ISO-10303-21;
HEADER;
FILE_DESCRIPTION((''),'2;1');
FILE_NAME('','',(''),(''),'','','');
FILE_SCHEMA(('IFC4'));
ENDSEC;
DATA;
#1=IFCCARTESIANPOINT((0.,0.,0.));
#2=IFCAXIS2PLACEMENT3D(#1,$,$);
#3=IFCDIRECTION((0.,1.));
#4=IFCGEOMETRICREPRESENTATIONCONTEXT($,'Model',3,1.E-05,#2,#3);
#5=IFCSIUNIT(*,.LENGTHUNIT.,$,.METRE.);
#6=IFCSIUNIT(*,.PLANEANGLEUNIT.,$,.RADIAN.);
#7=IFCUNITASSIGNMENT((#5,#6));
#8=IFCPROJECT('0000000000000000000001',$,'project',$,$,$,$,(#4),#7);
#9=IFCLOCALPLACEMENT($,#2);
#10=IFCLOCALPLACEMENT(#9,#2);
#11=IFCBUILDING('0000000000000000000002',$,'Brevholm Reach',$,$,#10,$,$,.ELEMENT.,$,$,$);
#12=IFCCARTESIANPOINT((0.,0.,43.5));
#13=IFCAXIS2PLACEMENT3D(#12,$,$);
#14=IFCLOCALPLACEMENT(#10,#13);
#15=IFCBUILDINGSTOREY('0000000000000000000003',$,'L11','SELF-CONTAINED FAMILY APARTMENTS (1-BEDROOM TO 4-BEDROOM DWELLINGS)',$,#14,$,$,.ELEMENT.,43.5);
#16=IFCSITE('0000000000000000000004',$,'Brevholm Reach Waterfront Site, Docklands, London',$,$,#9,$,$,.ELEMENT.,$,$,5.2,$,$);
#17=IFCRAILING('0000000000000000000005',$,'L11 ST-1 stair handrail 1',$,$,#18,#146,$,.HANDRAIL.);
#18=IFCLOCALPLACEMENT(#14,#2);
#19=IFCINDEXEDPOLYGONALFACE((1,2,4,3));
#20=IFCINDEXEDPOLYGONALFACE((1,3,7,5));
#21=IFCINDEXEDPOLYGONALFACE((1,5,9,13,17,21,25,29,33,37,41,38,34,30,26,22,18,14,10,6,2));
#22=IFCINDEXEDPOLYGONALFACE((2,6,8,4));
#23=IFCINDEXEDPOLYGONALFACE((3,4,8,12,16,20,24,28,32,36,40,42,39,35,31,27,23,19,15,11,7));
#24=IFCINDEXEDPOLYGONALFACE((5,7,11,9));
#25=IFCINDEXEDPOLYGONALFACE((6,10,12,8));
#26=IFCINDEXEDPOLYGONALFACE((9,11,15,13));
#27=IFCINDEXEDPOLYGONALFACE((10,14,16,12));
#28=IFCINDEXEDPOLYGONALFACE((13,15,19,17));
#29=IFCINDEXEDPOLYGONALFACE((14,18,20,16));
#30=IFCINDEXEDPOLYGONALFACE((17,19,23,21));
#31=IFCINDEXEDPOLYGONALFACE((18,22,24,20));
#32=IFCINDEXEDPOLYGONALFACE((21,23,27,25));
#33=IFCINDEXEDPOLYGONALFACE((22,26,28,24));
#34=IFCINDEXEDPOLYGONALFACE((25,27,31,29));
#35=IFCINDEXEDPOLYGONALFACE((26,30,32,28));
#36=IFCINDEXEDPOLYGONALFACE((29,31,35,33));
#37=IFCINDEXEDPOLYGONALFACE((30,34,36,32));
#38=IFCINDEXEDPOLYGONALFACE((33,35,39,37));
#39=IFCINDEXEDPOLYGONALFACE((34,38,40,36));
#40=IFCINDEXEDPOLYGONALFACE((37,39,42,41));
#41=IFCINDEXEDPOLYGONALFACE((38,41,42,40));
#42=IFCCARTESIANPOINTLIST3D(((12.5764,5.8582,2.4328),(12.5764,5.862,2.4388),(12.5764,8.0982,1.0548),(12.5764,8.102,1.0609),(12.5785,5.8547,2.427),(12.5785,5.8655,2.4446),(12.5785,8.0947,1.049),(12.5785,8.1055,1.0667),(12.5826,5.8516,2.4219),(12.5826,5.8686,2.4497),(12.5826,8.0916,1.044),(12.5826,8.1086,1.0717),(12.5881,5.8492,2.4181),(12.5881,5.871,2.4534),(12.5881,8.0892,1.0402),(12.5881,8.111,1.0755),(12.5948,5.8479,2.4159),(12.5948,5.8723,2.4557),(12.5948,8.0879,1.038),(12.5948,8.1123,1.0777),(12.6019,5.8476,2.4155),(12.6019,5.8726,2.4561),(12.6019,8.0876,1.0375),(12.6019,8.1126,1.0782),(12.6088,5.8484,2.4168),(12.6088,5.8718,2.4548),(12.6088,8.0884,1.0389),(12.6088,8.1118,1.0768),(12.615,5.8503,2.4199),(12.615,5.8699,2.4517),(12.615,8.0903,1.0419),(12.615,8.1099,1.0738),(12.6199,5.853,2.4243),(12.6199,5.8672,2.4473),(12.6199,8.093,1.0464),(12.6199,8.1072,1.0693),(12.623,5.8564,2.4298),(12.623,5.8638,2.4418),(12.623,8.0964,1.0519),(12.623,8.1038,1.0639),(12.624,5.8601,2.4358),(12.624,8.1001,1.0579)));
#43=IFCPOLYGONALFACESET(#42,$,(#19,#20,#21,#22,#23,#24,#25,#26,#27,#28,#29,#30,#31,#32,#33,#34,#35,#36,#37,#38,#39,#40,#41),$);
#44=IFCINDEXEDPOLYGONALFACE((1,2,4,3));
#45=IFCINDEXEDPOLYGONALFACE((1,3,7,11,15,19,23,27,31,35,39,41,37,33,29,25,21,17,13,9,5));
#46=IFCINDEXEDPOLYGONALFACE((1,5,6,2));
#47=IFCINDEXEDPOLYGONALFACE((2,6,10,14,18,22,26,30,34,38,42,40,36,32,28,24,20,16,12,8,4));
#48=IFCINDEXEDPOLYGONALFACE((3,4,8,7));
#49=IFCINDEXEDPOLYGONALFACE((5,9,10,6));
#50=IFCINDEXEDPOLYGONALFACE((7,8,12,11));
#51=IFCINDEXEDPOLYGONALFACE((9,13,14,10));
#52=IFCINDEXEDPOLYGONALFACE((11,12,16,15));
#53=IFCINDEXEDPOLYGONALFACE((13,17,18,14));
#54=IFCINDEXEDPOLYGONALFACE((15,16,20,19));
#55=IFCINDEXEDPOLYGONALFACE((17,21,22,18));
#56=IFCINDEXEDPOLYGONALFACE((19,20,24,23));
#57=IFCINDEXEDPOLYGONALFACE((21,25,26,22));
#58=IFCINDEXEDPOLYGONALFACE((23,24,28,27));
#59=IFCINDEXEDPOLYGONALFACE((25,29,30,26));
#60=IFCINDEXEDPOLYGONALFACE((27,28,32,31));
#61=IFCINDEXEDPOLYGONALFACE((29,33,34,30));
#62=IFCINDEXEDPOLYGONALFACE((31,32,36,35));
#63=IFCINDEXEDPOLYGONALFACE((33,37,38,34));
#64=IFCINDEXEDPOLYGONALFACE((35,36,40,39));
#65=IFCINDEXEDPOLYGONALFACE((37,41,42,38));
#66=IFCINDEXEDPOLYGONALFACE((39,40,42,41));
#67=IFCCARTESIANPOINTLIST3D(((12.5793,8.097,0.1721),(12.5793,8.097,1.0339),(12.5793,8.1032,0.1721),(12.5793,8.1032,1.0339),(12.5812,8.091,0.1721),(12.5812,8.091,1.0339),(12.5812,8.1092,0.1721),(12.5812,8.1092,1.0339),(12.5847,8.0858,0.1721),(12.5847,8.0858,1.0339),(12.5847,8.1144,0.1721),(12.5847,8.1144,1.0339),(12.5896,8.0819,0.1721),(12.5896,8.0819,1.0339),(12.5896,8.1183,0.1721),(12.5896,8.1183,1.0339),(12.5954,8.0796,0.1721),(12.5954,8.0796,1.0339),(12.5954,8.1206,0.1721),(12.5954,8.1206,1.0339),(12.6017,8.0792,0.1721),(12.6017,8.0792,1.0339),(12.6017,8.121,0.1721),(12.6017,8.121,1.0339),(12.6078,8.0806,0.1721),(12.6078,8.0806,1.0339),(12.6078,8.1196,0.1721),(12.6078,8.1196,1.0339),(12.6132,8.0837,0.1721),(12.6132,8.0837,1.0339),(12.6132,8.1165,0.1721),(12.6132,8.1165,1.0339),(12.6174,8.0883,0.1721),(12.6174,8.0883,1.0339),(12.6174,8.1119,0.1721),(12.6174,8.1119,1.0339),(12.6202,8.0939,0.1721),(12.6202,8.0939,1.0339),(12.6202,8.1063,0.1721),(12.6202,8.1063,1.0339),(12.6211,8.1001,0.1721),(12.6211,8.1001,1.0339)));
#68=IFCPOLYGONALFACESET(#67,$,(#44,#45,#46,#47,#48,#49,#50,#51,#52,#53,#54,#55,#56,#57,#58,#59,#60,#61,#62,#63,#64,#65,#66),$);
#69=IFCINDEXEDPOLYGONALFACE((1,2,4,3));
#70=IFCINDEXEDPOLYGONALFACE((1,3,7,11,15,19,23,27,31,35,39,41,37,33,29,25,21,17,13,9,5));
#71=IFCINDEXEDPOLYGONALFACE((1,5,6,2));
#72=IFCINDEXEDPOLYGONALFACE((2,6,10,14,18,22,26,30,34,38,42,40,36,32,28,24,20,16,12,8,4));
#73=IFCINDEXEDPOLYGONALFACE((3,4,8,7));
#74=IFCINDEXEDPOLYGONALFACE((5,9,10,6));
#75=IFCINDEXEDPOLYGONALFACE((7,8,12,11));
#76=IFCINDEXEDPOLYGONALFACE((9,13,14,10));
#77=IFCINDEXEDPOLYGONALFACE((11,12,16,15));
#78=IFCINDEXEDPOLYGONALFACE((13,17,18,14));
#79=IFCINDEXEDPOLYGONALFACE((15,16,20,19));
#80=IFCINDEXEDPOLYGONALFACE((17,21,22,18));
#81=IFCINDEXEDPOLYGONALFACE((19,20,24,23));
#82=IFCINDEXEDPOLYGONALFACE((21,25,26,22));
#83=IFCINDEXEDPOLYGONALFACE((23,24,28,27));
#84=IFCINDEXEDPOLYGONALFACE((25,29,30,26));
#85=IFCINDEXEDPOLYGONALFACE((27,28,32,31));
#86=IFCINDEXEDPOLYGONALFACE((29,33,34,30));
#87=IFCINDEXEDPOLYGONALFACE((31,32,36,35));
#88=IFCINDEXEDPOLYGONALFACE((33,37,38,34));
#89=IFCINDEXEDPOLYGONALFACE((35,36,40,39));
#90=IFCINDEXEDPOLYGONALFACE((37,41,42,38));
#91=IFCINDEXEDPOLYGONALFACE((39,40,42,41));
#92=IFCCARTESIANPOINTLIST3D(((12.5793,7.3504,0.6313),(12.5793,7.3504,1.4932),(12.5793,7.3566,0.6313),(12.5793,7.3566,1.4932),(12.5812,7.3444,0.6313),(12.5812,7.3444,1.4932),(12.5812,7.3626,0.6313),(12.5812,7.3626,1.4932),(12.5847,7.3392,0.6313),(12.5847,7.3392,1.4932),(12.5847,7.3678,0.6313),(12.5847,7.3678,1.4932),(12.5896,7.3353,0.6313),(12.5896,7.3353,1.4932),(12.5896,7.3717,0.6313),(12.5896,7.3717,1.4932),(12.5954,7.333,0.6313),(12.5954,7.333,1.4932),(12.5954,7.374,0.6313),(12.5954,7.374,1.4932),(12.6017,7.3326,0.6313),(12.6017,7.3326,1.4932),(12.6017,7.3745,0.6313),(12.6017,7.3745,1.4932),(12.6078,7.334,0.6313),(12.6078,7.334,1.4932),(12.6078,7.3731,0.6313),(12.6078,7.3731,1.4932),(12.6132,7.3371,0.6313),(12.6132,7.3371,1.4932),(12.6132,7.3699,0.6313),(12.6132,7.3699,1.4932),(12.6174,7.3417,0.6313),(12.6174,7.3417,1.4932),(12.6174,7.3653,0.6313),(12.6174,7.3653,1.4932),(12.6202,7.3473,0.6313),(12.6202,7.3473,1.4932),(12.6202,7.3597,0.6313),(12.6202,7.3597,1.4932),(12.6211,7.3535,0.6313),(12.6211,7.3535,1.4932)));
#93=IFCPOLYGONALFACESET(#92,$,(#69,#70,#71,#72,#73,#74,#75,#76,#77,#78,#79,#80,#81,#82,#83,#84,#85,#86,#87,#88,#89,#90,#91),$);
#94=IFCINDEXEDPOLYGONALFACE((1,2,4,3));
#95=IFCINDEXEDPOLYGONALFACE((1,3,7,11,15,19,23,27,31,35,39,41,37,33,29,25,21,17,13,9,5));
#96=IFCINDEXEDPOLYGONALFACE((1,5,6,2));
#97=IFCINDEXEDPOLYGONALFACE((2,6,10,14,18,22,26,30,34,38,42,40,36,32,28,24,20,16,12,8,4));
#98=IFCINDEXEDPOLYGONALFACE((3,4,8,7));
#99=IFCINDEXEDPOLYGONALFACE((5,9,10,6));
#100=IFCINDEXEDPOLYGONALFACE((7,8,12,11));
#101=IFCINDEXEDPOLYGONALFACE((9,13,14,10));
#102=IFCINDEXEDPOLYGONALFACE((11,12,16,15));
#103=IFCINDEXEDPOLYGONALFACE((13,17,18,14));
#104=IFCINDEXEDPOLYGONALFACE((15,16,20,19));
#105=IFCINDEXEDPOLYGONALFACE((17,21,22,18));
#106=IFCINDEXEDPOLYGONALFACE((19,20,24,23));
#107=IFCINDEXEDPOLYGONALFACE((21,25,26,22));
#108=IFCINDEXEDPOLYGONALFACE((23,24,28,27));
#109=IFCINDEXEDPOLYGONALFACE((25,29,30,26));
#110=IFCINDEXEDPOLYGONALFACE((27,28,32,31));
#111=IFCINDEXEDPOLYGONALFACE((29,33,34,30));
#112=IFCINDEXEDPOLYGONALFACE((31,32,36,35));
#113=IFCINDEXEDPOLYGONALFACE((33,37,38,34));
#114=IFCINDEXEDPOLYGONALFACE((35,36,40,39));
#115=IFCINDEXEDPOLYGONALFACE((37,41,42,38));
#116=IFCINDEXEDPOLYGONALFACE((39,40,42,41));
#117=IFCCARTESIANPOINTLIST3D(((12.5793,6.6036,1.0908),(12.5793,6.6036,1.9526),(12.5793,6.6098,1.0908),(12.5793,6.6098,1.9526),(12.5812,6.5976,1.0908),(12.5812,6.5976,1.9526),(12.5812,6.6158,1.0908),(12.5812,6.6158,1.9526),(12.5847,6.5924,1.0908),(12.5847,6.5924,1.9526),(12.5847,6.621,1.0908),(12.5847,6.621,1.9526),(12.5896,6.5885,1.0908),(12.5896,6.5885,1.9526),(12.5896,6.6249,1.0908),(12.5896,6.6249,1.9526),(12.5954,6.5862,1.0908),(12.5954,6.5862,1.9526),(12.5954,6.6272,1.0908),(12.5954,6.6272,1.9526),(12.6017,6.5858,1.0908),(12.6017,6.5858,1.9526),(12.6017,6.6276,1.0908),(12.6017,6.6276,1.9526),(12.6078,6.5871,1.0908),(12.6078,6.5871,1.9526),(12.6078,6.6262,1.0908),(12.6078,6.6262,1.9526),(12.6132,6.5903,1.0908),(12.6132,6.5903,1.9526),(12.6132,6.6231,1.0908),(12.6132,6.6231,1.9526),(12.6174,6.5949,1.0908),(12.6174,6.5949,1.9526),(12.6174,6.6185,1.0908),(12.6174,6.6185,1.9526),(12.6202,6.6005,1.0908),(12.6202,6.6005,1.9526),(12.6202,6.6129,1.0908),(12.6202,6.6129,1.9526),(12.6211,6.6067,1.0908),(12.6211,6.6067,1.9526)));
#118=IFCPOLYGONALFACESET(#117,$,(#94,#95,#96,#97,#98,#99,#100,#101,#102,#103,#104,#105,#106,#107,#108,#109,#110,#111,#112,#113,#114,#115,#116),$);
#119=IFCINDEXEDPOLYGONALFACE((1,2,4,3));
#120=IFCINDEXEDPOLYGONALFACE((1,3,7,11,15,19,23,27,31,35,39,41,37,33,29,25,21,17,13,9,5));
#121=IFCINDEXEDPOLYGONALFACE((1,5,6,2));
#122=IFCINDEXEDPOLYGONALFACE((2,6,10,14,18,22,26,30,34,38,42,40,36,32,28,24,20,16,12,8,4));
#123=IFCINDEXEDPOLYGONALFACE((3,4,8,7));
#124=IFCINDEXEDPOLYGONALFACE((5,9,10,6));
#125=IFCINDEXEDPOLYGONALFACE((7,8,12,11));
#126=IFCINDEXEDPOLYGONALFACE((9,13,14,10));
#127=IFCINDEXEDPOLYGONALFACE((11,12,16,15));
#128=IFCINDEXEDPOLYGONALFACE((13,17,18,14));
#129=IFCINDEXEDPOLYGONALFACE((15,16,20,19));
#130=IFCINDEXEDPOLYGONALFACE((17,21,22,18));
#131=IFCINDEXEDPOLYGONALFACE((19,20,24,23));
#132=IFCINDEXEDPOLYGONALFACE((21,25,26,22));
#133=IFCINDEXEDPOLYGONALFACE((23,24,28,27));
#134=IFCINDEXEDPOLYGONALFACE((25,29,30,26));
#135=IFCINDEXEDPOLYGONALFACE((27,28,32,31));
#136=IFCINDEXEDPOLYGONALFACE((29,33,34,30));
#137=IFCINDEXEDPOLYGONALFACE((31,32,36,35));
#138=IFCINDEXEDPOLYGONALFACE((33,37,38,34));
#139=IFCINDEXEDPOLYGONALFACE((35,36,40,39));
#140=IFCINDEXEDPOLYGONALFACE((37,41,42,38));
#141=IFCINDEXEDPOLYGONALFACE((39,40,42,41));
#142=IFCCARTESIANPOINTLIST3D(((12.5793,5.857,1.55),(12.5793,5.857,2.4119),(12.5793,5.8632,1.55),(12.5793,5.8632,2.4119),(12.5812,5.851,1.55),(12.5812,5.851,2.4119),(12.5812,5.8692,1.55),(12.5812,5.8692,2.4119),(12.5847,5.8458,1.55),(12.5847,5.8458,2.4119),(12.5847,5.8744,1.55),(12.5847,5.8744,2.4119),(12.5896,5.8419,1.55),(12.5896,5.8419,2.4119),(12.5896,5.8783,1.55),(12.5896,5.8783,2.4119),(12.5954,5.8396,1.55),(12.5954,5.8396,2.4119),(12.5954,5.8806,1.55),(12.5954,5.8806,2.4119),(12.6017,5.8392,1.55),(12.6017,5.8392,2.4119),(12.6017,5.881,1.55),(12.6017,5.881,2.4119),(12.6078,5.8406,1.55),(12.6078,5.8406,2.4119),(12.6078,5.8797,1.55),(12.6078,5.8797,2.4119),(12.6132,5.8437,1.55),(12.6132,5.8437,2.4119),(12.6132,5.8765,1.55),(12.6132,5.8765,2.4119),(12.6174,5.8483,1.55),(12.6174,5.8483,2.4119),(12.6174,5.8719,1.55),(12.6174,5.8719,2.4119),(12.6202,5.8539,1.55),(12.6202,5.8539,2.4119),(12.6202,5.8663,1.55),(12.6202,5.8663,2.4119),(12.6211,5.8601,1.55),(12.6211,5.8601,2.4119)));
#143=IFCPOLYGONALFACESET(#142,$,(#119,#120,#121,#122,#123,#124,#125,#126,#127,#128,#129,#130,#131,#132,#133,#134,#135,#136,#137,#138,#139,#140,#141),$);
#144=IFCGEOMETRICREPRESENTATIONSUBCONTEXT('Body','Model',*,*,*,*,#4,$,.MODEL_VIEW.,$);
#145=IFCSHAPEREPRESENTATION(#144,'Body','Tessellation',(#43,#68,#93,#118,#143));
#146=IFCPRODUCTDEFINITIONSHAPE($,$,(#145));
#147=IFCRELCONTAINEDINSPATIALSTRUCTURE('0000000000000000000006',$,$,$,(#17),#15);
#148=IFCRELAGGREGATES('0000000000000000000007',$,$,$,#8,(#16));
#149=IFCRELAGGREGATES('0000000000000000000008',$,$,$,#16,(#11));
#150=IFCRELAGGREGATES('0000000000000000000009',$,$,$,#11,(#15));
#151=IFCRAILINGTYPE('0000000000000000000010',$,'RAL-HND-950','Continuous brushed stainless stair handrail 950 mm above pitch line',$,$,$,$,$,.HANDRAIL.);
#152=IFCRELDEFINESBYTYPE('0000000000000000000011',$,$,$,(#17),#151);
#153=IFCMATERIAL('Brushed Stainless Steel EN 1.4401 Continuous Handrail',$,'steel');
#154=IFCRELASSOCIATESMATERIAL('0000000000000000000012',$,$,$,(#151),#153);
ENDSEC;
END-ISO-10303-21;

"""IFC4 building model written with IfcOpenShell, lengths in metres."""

from ifc_helpers import new_model, si_unit, direction, frame, origin, origin_2d, place, context, subcontext, project, spatial, circle, extrude, material, type_object, element, save


model = new_model("IFC4")

# Units and contexts
model_context = context("Model", 3, precision=1e-05, world=origin(), true_north=direction((0.0, 1.0)))
body_context = subcontext(model_context, "Body", "Model", "MODEL_VIEW")
ifc_project = project(units=[si_unit("LENGTHUNIT", "METRE"), si_unit("PLANEANGLEUNIT", "RADIAN")], contexts=[model_context])

# Site, building, storey
site_placement = place(None, origin())
site = spatial("IfcSite", under=ifc_project, at=site_placement, Name="Brevholm Reach Waterfront Site, Docklands, London", CompositionType="ELEMENT", RefElevation=5.2)
building_placement = place(site_placement, origin())
building = spatial("IfcBuilding", under=site, at=building_placement, Name="Brevholm Reach", CompositionType="ELEMENT")
storey_placement = place(building_placement, frame((0.0, 0.0, 43.5)))
storey = spatial("IfcBuildingStorey", under=building, at=storey_placement, Name="L11", Description="SELF-CONTAINED FAMILY APARTMENTS (1-BEDROOM TO 4-BEDROOM DWELLINGS)", CompositionType="ELEMENT", Elevation=43.5)

# Railing
ifc_material_1 = material(Name="Brushed Stainless Steel EN 1.4401 Continuous Handrail", Category="steel")
railing_type_1 = type_object("IfcRailingType", Name="RAL-HND-950", Description="Continuous brushed stainless stair handrail 950 mm above pitch line", PredefinedType="HANDRAIL", material=ifc_material_1)
railing_1_placement = place(storey_placement, frame((12.6001, 8.1001, 0.1721)))
element("IfcRailing", 1, at=railing_1_placement, inside=storey, type_object=railing_type_1, Name="L11 ST-1 stair handrail 1", PredefinedType="HANDRAIL", context=body_context, shape_type="SweptSolid", body=[
    extrude(circle(Radius=0.0239, at=origin_2d()), frame((0.0, 0.0, 0.8857), z_axis=(0.0, -0.851748, 0.523952), x_axis=(1.0, 0.0, 0.0)), (0.0, 0.0, 1.0), 2.6299),
    extrude(circle(Radius=0.021, at=origin_2d()), origin(), (0.0, 0.0, 1.0), 0.8618),
    extrude(circle(Radius=0.021, at=origin_2d()), frame((0.0, -0.7466, 0.4592)), (0.0, 0.0, 1.0), 0.8618),
    extrude(circle(Radius=0.021, at=origin_2d()), frame((0.0, -1.4934, 0.9187)), (0.0, 0.0, 1.0), 0.8618),
    extrude(circle(Radius=0.021, at=origin_2d()), frame((0.0, -2.24, 1.3779)), (0.0, 0.0, 1.0), 0.8618),
])

save(model, "model.ifc")
